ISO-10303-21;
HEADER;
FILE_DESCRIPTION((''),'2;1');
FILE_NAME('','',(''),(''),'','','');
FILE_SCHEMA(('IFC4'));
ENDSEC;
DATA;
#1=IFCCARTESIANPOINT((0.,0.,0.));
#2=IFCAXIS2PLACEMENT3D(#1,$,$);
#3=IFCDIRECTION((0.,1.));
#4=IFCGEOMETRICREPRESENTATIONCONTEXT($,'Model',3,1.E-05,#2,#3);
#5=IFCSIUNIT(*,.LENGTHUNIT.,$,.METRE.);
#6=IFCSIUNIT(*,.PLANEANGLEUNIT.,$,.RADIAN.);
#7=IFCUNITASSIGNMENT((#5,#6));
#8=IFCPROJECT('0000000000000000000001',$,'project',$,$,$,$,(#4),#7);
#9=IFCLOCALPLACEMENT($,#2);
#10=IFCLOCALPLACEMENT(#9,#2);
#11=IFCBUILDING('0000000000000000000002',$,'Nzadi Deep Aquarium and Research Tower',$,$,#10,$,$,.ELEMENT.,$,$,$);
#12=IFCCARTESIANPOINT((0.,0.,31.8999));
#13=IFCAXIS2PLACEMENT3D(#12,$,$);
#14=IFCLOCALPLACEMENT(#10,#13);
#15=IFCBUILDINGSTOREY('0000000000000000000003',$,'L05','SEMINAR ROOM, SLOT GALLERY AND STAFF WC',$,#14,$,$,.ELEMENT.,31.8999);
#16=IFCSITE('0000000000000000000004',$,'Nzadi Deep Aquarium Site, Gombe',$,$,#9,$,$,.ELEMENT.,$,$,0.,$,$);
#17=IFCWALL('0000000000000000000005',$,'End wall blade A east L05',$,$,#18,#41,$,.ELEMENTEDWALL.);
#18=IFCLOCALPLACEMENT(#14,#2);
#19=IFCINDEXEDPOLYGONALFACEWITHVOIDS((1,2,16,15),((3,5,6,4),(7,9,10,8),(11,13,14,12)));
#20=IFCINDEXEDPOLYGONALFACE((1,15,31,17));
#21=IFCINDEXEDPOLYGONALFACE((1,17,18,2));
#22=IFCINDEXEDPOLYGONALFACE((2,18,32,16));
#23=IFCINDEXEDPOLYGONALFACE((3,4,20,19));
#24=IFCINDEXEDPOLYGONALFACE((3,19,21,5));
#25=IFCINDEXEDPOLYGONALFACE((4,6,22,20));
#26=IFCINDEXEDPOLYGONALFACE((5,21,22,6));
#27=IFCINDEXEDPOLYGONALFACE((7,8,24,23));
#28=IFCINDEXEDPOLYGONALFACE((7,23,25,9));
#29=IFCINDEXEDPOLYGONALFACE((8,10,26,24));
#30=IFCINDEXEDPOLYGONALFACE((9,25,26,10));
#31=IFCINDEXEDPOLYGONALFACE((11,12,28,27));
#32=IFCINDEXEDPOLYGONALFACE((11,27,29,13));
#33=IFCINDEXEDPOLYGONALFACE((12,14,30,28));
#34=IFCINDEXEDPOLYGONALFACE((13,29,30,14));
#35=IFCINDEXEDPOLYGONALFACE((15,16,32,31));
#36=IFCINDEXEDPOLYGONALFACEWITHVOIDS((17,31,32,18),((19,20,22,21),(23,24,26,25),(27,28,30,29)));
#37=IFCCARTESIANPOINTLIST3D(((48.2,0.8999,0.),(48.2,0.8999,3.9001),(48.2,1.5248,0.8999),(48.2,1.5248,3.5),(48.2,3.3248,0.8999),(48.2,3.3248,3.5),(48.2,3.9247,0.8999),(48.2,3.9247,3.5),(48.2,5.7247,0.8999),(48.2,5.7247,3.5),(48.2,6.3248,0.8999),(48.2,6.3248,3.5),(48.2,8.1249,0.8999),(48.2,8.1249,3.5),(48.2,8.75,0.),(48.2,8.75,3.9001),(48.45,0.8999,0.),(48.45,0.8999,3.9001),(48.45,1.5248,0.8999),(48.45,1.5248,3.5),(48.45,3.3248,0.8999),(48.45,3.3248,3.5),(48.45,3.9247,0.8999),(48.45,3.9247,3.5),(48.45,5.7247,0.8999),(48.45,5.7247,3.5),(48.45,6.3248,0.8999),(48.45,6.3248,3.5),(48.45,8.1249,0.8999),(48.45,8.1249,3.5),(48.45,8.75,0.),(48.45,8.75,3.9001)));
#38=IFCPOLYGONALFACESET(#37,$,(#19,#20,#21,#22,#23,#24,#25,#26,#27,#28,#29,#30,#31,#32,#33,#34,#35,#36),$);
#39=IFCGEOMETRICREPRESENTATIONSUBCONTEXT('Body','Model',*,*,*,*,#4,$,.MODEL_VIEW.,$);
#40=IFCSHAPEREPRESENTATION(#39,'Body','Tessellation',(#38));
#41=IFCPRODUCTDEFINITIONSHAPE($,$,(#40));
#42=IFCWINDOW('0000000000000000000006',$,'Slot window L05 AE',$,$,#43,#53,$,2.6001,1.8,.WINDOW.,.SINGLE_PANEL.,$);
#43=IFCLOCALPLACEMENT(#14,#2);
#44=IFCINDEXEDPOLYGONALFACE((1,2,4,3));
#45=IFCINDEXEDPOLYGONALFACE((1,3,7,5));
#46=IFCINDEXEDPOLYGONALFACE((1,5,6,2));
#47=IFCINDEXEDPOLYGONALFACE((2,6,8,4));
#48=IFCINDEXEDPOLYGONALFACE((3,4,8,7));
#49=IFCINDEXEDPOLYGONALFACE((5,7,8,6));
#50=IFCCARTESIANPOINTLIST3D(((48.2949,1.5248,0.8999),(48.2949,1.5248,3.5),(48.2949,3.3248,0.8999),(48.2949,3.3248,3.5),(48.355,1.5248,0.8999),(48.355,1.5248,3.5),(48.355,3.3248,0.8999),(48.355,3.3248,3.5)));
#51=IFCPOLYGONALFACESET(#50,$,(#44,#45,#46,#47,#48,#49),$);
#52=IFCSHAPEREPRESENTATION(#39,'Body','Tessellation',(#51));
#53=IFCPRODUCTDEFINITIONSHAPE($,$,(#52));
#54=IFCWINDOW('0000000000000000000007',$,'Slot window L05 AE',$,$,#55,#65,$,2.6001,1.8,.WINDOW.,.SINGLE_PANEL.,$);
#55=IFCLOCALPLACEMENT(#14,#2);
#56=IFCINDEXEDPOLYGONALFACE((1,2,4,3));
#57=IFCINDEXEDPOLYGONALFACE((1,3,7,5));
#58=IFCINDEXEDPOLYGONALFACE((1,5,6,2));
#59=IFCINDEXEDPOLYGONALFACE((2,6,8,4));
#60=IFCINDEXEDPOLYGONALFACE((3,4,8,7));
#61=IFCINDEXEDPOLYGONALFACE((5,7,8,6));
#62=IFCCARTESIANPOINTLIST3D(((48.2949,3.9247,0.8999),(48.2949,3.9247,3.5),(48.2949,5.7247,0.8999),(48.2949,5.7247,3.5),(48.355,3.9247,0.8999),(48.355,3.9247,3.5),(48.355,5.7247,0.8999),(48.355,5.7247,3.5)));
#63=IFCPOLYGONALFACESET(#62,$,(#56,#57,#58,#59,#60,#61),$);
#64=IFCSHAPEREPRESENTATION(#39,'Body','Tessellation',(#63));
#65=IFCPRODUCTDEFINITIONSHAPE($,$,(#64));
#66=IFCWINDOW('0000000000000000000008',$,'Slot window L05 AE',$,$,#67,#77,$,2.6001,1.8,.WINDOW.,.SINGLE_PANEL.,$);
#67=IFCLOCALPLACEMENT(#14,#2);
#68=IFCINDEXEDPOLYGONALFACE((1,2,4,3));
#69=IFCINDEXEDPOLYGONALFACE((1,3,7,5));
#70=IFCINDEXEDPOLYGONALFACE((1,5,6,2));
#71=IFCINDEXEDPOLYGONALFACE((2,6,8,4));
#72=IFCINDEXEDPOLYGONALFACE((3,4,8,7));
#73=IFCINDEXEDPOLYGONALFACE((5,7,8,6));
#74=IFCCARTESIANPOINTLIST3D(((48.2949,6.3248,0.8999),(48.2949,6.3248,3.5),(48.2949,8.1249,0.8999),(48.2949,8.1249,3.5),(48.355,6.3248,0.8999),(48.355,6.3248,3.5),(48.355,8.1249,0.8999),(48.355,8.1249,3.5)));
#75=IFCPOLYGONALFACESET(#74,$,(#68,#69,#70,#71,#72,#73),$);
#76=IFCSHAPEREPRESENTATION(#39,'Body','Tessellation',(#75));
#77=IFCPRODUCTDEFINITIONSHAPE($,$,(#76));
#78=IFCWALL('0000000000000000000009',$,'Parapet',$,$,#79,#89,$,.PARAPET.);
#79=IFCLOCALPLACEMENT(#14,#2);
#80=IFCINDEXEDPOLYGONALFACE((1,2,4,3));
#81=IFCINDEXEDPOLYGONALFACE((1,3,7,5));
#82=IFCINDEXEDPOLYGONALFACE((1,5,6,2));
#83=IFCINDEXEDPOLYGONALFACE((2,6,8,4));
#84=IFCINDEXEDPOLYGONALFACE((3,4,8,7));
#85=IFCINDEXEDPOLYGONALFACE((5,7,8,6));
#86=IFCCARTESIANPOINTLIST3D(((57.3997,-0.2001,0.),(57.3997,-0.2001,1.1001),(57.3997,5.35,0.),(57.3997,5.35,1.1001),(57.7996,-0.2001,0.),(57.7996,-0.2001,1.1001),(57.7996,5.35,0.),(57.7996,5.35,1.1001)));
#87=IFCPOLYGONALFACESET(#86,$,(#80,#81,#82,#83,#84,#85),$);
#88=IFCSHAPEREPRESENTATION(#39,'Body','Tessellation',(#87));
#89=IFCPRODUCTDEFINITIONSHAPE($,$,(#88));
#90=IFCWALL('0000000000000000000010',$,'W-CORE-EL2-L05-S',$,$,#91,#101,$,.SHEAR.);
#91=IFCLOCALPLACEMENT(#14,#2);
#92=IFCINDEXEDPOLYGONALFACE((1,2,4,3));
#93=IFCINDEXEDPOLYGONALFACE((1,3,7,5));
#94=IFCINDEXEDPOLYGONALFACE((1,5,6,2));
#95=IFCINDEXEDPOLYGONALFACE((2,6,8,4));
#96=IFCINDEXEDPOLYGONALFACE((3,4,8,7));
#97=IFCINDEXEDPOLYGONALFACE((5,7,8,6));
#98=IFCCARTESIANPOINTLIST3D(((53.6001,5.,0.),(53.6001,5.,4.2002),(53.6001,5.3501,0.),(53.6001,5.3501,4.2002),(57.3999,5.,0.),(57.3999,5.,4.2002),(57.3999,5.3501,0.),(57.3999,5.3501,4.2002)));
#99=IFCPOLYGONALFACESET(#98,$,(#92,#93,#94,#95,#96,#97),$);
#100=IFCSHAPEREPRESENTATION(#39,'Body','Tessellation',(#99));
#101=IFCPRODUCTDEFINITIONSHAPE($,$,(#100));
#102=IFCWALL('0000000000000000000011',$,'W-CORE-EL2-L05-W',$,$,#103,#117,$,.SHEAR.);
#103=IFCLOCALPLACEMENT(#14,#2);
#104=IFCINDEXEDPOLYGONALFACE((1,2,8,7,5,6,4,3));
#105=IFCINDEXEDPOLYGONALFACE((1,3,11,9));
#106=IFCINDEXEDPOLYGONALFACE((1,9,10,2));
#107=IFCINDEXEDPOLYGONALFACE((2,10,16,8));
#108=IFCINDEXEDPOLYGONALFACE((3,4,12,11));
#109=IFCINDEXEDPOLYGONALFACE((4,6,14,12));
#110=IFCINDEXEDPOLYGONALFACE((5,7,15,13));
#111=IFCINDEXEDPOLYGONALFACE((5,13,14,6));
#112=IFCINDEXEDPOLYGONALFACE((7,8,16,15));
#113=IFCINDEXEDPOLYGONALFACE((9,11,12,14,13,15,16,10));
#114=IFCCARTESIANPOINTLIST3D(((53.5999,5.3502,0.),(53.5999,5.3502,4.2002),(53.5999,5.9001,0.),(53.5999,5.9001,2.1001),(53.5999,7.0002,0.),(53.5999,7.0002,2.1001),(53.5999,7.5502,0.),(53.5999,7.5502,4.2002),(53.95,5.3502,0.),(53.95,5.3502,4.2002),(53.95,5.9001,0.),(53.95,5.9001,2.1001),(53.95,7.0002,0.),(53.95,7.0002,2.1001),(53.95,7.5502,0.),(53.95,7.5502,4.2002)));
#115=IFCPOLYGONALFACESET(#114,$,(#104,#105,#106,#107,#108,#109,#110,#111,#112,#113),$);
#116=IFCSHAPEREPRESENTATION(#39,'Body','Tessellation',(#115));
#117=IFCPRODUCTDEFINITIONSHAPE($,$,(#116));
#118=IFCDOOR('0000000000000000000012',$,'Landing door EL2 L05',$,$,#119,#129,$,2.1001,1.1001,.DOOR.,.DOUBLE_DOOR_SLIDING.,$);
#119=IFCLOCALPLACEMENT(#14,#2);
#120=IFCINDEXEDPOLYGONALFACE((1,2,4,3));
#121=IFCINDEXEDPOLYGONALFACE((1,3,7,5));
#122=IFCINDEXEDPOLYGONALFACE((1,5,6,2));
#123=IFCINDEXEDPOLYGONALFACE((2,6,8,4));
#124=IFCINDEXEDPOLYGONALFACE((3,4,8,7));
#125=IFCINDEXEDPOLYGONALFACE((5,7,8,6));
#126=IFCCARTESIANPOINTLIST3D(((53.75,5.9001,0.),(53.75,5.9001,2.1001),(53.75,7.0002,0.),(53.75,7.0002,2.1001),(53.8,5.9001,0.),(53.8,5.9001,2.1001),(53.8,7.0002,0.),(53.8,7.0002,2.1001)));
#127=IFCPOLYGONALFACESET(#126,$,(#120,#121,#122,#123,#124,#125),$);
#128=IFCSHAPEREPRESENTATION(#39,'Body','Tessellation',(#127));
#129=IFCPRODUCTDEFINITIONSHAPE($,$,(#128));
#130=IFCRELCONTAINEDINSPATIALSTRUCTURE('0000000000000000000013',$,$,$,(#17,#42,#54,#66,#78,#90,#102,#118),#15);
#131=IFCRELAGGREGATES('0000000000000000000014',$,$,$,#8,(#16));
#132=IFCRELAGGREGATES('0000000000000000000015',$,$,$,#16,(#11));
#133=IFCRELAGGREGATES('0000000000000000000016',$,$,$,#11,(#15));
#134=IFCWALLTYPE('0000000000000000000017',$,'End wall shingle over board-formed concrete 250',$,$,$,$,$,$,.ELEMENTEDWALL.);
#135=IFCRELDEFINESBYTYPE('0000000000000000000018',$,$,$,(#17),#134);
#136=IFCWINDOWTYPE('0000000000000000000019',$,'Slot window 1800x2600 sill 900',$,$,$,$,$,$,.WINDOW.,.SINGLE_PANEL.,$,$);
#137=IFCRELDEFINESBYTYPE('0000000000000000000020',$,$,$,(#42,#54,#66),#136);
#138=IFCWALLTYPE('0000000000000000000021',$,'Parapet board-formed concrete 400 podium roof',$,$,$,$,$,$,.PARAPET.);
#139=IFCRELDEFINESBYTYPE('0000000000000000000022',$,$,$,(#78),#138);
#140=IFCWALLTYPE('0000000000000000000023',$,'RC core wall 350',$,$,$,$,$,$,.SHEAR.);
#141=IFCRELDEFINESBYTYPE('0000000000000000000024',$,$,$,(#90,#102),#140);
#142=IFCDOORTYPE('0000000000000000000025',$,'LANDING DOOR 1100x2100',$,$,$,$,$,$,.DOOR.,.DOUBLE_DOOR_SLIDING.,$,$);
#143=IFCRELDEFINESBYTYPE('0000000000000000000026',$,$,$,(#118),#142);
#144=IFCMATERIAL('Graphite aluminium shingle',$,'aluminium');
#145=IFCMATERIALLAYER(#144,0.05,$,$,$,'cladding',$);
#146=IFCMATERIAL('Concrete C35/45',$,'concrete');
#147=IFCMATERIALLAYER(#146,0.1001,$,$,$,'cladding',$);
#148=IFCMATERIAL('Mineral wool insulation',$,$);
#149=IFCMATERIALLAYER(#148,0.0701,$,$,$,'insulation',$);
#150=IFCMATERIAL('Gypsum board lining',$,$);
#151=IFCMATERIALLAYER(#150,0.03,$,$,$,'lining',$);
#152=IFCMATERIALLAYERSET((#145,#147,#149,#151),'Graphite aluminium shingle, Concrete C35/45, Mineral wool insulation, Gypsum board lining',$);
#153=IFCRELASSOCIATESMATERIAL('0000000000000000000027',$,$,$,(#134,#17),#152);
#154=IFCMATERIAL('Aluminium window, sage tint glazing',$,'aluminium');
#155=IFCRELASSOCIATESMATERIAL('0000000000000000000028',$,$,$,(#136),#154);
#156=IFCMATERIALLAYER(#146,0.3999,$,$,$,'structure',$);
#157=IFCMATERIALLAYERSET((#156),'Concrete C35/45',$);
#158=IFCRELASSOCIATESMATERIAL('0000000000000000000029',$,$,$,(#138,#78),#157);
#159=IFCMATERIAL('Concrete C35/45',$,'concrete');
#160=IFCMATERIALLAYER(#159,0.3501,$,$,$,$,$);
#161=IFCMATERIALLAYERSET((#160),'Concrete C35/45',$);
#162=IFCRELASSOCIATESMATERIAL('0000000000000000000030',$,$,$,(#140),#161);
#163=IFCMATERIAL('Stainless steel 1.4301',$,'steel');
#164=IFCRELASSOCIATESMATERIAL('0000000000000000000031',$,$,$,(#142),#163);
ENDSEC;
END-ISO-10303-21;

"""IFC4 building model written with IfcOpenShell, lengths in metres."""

from ifc_helpers import new_model, si_unit, direction, frame, frame_2d, origin, place, context, subcontext, project, spatial, rectangle, extrude, material, layer, layer_set, layer_usage, type_object, element, fill, save


model = new_model("IFC4")

# Units and contexts
model_context = context("Model", 3, precision=1e-05, world=origin(), true_north=direction((0.0, 1.0)))
body_context = subcontext(model_context, "Body", "Model", "MODEL_VIEW")
ifc_project = project(units=[si_unit("LENGTHUNIT", "METRE"), si_unit("PLANEANGLEUNIT", "RADIAN")], contexts=[model_context])

# Site, building, storey
site_placement = place(None, origin())
site = spatial("IfcSite", under=ifc_project, at=site_placement, Name="Nzadi Deep Aquarium Site, Gombe", CompositionType="ELEMENT", RefElevation=0.0)
building_placement = place(site_placement, origin())
building = spatial("IfcBuilding", under=site, at=building_placement, Name="Nzadi Deep Aquarium and Research Tower", CompositionType="ELEMENT")
storey_placement = place(building_placement, frame((0.0, 0.0, 31.8999)))
storey = spatial("IfcBuildingStorey", under=building, at=storey_placement, Name="L05", Description="SEMINAR ROOM, SLOT GALLERY AND STAFF WC", CompositionType="ELEMENT", Elevation=31.8999)

# Wall, openings, windows
ifc_material_1 = material(Name="Graphite aluminium shingle", Category="aluminium")
ifc_layer_1 = layer(ifc_material_1, 0.05, Category="cladding")
ifc_material_2 = material(Name="Concrete C35/45", Category="concrete")
ifc_layer_2 = layer(ifc_material_2, 0.1001, Category="cladding")
ifc_material_3 = material(Name="Mineral wool insulation")
ifc_layer_3 = layer(ifc_material_3, 0.0701, Category="insulation")
ifc_material_4 = material(Name="Gypsum board lining")
ifc_layer_4 = layer(ifc_material_4, 0.03, Category="lining")
ifc_layer_set_1 = layer_set([ifc_layer_1, ifc_layer_2, ifc_layer_3, ifc_layer_4], Name="Graphite aluminium shingle, Concrete C35/45, Mineral wool insulation, Gypsum board lining")
ifc_layer_usage_1 = layer_usage(ifc_layer_set_1, "AXIS2", "POSITIVE", -0.125)
wall_type_1 = type_object("IfcWallType", Name="End wall shingle over board-formed concrete 250", PredefinedType="ELEMENTEDWALL", material=ifc_layer_set_1)
wall_1_placement = place(storey_placement, frame((48.325, 0.8999, 0.0), z_axis=(0.0, 0.0, 1.0), x_axis=(0.0, 1.0, 0.0)))
wall_1 = element("IfcWall", 1, at=wall_1_placement, inside=storey, type_object=wall_type_1, material=ifc_layer_usage_1, Name="End wall blade A east L05", PredefinedType="ELEMENTEDWALL", context=body_context, shape_type="SweptSolid", body=[
    extrude(rectangle(XDim=7.8501, YDim=0.25, at=frame_2d((3.925, 0.0))), origin(), (0.0, 0.0, 1.0), 3.9001),
])
opening_1_placement = place(wall_1_placement, frame((0.625, 0.0, 0.8999)))
opening_1 = element("IfcOpeningElement", 2, at=opening_1_placement, cuts=wall_1, PredefinedType="OPENING", context=body_context, shape_type="SweptSolid", body=[
    extrude(rectangle(XDim=1.8, YDim=2.6001, at=frame_2d((0.8999, 1.3))), frame((0.0, 0.135, 0.0), z_axis=(0.0, -1.0, 0.0), x_axis=(1.0, 0.0, 0.0)), (0.0, 0.0, 1.0), 0.27),
])
opening_2_placement = place(wall_1_placement, frame((3.0249, 0.0, 0.8999)))
opening_2 = element("IfcOpeningElement", 3, at=opening_2_placement, cuts=wall_1, PredefinedType="OPENING", context=body_context, shape_type="SweptSolid", body=[
    extrude(rectangle(XDim=1.8, YDim=2.6001, at=frame_2d((0.8999, 1.3))), frame((0.0, 0.135, 0.0), z_axis=(0.0, -1.0, 0.0), x_axis=(1.0, 0.0, 0.0)), (0.0, 0.0, 1.0), 0.27),
])
opening_3_placement = place(wall_1_placement, frame((5.425, 0.0, 0.8999)))
opening_3 = element("IfcOpeningElement", 4, at=opening_3_placement, cuts=wall_1, PredefinedType="OPENING", context=body_context, shape_type="SweptSolid", body=[
    extrude(rectangle(XDim=1.8, YDim=2.6001, at=frame_2d((0.8999, 1.3))), frame((0.0, 0.135, 0.0), z_axis=(0.0, -1.0, 0.0), x_axis=(1.0, 0.0, 0.0)), (0.0, 0.0, 1.0), 0.27),
])
ifc_material_5 = material(Name="Aluminium window, sage tint glazing", Category="aluminium")
window_type = type_object("IfcWindowType", Name="Slot window 1800x2600 sill 900", PartitioningType="SINGLE_PANEL", PredefinedType="WINDOW", material=ifc_material_5)
window_1_placement = place(opening_1_placement, origin())
window_1 = element("IfcWindow", 5, at=window_1_placement, inside=storey, type_object=window_type, Name="Slot window L05 AE", OverallHeight=2.6001, OverallWidth=1.8, PartitioningType="SINGLE_PANEL", PredefinedType="WINDOW", context=body_context, shape_type="SweptSolid", body=[
    extrude(rectangle(XDim=1.8, YDim=2.6001, at=frame_2d((0.8999, 1.3))), frame((0.0, 0.03, 0.0), z_axis=(0.0, -1.0, 0.0), x_axis=(1.0, 0.0, 0.0)), (0.0, 0.0, 1.0), 0.0601),
])
fill(opening_1, window_1)
window_2_placement = place(opening_2_placement, origin())
window_2 = element("IfcWindow", 6, at=window_2_placement, inside=storey, type_object=window_type, Name="Slot window L05 AE", OverallHeight=2.6001, OverallWidth=1.8, PartitioningType="SINGLE_PANEL", PredefinedType="WINDOW", context=body_context, shape_type="SweptSolid", body=[
    extrude(rectangle(XDim=1.8, YDim=2.6001, at=frame_2d((0.8999, 1.3))), frame((0.0, 0.03, 0.0), z_axis=(0.0, -1.0, 0.0), x_axis=(1.0, 0.0, 0.0)), (0.0, 0.0, 1.0), 0.0601),
])
fill(opening_2, window_2)
window_3_placement = place(opening_3_placement, origin())
window_3 = element("IfcWindow", 7, at=window_3_placement, inside=storey, type_object=window_type, Name="Slot window L05 AE", OverallHeight=2.6001, OverallWidth=1.8, PartitioningType="SINGLE_PANEL", PredefinedType="WINDOW", context=body_context, shape_type="SweptSolid", body=[
    extrude(rectangle(XDim=1.8, YDim=2.6001, at=frame_2d((0.8999, 1.3))), frame((0.0, 0.03, 0.0), z_axis=(0.0, -1.0, 0.0), x_axis=(1.0, 0.0, 0.0)), (0.0, 0.0, 1.0), 0.0601),
])
fill(opening_3, window_3)

# Walls
ifc_layer_5 = layer(ifc_material_2, 0.3999, Category="structure")
ifc_layer_set_2 = layer_set([ifc_layer_5], Name="Concrete C35/45")
ifc_layer_usage_2 = layer_usage(ifc_layer_set_2, "AXIS2", "POSITIVE", -0.2)
wall_type_2 = type_object("IfcWallType", Name="Parapet board-formed concrete 400 podium roof", PredefinedType="PARAPET", material=ifc_layer_set_2)
wall_2_placement = place(storey_placement, frame((57.5996, -0.2, 0.0), z_axis=(0.0, 0.0, 1.0), x_axis=(0.0, 1.0, 0.0)))
element("IfcWall", 8, at=wall_2_placement, inside=storey, type_object=wall_type_2, material=ifc_layer_usage_2, Name="Parapet", PredefinedType="PARAPET", context=body_context, shape_type="SweptSolid", body=[
    extrude(rectangle(XDim=5.55, YDim=0.3999, at=frame_2d((2.7749, 0.0))), origin(), (0.0, 0.0, 1.0), 1.1001),
])
ifc_material_6 = material(Name="Concrete C35/45", Category="concrete")
ifc_layer_6 = layer(ifc_material_6, 0.3501)
ifc_layer_set_3 = layer_set([ifc_layer_6], Name="Concrete C35/45")
wall_type_3 = type_object("IfcWallType", Name="RC core wall 350", PredefinedType="SHEAR", material=ifc_layer_set_3)
wall_3_placement = place(storey_placement, frame((53.6001, 5.175, 0.0), z_axis=(0.0, 0.0, 1.0), x_axis=(1.0, 0.0, 0.0)))
element("IfcWall", 9, at=wall_3_placement, inside=storey, type_object=wall_type_3, Name="W-CORE-EL2-L05-S", PredefinedType="SHEAR", context=body_context, shape_type="SweptSolid", body=[
    extrude(rectangle(XDim=3.7998, YDim=0.3501, at=frame_2d((1.8999, 0.0))), origin(), (0.0, 0.0, 1.0), 4.2002),
])

# Wall, opening, door
wall_4_placement = place(storey_placement, frame((53.7749, 5.3501, 0.0), z_axis=(0.0, 0.0, 1.0), x_axis=(0.0, 1.0, 0.0)))
wall_4 = element("IfcWall", 10, at=wall_4_placement, inside=storey, type_object=wall_type_3, Name="W-CORE-EL2-L05-W", PredefinedType="SHEAR", context=body_context, shape_type="SweptSolid", body=[
    extrude(rectangle(XDim=2.2, YDim=0.3501, at=frame_2d((1.1001, 0.0))), origin(), (0.0, 0.0, 1.0), 4.2002),
])
opening_4_placement = place(wall_4_placement, frame((0.55, 0.0, 0.0)))
opening_4 = element("IfcOpeningElement", 11, at=opening_4_placement, cuts=wall_4, PredefinedType="OPENING", context=body_context, shape_type="SweptSolid", body=[
    extrude(rectangle(XDim=1.1001, YDim=2.1001, at=frame_2d((0.55, 1.05))), frame((0.0, 0.1851, 0.0), z_axis=(0.0, -1.0, 0.0), x_axis=(1.0, 0.0, 0.0)), (0.0, 0.0, 1.0), 0.3701),
])
ifc_material_7 = material(Name="Stainless steel 1.4301", Category="steel")
door_type = type_object("IfcDoorType", Name="LANDING DOOR 1100x2100", OperationType="DOUBLE_DOOR_SLIDING", PredefinedType="DOOR", material=ifc_material_7)
door_placement = place(opening_4_placement, origin())
door = element("IfcDoor", 12, at=door_placement, inside=storey, type_object=door_type, Name="Landing door EL2 L05", OperationType="DOUBLE_DOOR_SLIDING", OverallHeight=2.1001, OverallWidth=1.1001, PredefinedType="DOOR", context=body_context, shape_type="SweptSolid", body=[
    extrude(rectangle(XDim=1.1001, YDim=2.1001, at=frame_2d((0.55, 1.05))), frame((0.0, 0.0249, 0.0), z_axis=(0.0, -1.0, 0.0), x_axis=(1.0, 0.0, 0.0)), (0.0, 0.0, 1.0), 0.05),
])
fill(opening_4, door)

save(model, "model.ifc")
